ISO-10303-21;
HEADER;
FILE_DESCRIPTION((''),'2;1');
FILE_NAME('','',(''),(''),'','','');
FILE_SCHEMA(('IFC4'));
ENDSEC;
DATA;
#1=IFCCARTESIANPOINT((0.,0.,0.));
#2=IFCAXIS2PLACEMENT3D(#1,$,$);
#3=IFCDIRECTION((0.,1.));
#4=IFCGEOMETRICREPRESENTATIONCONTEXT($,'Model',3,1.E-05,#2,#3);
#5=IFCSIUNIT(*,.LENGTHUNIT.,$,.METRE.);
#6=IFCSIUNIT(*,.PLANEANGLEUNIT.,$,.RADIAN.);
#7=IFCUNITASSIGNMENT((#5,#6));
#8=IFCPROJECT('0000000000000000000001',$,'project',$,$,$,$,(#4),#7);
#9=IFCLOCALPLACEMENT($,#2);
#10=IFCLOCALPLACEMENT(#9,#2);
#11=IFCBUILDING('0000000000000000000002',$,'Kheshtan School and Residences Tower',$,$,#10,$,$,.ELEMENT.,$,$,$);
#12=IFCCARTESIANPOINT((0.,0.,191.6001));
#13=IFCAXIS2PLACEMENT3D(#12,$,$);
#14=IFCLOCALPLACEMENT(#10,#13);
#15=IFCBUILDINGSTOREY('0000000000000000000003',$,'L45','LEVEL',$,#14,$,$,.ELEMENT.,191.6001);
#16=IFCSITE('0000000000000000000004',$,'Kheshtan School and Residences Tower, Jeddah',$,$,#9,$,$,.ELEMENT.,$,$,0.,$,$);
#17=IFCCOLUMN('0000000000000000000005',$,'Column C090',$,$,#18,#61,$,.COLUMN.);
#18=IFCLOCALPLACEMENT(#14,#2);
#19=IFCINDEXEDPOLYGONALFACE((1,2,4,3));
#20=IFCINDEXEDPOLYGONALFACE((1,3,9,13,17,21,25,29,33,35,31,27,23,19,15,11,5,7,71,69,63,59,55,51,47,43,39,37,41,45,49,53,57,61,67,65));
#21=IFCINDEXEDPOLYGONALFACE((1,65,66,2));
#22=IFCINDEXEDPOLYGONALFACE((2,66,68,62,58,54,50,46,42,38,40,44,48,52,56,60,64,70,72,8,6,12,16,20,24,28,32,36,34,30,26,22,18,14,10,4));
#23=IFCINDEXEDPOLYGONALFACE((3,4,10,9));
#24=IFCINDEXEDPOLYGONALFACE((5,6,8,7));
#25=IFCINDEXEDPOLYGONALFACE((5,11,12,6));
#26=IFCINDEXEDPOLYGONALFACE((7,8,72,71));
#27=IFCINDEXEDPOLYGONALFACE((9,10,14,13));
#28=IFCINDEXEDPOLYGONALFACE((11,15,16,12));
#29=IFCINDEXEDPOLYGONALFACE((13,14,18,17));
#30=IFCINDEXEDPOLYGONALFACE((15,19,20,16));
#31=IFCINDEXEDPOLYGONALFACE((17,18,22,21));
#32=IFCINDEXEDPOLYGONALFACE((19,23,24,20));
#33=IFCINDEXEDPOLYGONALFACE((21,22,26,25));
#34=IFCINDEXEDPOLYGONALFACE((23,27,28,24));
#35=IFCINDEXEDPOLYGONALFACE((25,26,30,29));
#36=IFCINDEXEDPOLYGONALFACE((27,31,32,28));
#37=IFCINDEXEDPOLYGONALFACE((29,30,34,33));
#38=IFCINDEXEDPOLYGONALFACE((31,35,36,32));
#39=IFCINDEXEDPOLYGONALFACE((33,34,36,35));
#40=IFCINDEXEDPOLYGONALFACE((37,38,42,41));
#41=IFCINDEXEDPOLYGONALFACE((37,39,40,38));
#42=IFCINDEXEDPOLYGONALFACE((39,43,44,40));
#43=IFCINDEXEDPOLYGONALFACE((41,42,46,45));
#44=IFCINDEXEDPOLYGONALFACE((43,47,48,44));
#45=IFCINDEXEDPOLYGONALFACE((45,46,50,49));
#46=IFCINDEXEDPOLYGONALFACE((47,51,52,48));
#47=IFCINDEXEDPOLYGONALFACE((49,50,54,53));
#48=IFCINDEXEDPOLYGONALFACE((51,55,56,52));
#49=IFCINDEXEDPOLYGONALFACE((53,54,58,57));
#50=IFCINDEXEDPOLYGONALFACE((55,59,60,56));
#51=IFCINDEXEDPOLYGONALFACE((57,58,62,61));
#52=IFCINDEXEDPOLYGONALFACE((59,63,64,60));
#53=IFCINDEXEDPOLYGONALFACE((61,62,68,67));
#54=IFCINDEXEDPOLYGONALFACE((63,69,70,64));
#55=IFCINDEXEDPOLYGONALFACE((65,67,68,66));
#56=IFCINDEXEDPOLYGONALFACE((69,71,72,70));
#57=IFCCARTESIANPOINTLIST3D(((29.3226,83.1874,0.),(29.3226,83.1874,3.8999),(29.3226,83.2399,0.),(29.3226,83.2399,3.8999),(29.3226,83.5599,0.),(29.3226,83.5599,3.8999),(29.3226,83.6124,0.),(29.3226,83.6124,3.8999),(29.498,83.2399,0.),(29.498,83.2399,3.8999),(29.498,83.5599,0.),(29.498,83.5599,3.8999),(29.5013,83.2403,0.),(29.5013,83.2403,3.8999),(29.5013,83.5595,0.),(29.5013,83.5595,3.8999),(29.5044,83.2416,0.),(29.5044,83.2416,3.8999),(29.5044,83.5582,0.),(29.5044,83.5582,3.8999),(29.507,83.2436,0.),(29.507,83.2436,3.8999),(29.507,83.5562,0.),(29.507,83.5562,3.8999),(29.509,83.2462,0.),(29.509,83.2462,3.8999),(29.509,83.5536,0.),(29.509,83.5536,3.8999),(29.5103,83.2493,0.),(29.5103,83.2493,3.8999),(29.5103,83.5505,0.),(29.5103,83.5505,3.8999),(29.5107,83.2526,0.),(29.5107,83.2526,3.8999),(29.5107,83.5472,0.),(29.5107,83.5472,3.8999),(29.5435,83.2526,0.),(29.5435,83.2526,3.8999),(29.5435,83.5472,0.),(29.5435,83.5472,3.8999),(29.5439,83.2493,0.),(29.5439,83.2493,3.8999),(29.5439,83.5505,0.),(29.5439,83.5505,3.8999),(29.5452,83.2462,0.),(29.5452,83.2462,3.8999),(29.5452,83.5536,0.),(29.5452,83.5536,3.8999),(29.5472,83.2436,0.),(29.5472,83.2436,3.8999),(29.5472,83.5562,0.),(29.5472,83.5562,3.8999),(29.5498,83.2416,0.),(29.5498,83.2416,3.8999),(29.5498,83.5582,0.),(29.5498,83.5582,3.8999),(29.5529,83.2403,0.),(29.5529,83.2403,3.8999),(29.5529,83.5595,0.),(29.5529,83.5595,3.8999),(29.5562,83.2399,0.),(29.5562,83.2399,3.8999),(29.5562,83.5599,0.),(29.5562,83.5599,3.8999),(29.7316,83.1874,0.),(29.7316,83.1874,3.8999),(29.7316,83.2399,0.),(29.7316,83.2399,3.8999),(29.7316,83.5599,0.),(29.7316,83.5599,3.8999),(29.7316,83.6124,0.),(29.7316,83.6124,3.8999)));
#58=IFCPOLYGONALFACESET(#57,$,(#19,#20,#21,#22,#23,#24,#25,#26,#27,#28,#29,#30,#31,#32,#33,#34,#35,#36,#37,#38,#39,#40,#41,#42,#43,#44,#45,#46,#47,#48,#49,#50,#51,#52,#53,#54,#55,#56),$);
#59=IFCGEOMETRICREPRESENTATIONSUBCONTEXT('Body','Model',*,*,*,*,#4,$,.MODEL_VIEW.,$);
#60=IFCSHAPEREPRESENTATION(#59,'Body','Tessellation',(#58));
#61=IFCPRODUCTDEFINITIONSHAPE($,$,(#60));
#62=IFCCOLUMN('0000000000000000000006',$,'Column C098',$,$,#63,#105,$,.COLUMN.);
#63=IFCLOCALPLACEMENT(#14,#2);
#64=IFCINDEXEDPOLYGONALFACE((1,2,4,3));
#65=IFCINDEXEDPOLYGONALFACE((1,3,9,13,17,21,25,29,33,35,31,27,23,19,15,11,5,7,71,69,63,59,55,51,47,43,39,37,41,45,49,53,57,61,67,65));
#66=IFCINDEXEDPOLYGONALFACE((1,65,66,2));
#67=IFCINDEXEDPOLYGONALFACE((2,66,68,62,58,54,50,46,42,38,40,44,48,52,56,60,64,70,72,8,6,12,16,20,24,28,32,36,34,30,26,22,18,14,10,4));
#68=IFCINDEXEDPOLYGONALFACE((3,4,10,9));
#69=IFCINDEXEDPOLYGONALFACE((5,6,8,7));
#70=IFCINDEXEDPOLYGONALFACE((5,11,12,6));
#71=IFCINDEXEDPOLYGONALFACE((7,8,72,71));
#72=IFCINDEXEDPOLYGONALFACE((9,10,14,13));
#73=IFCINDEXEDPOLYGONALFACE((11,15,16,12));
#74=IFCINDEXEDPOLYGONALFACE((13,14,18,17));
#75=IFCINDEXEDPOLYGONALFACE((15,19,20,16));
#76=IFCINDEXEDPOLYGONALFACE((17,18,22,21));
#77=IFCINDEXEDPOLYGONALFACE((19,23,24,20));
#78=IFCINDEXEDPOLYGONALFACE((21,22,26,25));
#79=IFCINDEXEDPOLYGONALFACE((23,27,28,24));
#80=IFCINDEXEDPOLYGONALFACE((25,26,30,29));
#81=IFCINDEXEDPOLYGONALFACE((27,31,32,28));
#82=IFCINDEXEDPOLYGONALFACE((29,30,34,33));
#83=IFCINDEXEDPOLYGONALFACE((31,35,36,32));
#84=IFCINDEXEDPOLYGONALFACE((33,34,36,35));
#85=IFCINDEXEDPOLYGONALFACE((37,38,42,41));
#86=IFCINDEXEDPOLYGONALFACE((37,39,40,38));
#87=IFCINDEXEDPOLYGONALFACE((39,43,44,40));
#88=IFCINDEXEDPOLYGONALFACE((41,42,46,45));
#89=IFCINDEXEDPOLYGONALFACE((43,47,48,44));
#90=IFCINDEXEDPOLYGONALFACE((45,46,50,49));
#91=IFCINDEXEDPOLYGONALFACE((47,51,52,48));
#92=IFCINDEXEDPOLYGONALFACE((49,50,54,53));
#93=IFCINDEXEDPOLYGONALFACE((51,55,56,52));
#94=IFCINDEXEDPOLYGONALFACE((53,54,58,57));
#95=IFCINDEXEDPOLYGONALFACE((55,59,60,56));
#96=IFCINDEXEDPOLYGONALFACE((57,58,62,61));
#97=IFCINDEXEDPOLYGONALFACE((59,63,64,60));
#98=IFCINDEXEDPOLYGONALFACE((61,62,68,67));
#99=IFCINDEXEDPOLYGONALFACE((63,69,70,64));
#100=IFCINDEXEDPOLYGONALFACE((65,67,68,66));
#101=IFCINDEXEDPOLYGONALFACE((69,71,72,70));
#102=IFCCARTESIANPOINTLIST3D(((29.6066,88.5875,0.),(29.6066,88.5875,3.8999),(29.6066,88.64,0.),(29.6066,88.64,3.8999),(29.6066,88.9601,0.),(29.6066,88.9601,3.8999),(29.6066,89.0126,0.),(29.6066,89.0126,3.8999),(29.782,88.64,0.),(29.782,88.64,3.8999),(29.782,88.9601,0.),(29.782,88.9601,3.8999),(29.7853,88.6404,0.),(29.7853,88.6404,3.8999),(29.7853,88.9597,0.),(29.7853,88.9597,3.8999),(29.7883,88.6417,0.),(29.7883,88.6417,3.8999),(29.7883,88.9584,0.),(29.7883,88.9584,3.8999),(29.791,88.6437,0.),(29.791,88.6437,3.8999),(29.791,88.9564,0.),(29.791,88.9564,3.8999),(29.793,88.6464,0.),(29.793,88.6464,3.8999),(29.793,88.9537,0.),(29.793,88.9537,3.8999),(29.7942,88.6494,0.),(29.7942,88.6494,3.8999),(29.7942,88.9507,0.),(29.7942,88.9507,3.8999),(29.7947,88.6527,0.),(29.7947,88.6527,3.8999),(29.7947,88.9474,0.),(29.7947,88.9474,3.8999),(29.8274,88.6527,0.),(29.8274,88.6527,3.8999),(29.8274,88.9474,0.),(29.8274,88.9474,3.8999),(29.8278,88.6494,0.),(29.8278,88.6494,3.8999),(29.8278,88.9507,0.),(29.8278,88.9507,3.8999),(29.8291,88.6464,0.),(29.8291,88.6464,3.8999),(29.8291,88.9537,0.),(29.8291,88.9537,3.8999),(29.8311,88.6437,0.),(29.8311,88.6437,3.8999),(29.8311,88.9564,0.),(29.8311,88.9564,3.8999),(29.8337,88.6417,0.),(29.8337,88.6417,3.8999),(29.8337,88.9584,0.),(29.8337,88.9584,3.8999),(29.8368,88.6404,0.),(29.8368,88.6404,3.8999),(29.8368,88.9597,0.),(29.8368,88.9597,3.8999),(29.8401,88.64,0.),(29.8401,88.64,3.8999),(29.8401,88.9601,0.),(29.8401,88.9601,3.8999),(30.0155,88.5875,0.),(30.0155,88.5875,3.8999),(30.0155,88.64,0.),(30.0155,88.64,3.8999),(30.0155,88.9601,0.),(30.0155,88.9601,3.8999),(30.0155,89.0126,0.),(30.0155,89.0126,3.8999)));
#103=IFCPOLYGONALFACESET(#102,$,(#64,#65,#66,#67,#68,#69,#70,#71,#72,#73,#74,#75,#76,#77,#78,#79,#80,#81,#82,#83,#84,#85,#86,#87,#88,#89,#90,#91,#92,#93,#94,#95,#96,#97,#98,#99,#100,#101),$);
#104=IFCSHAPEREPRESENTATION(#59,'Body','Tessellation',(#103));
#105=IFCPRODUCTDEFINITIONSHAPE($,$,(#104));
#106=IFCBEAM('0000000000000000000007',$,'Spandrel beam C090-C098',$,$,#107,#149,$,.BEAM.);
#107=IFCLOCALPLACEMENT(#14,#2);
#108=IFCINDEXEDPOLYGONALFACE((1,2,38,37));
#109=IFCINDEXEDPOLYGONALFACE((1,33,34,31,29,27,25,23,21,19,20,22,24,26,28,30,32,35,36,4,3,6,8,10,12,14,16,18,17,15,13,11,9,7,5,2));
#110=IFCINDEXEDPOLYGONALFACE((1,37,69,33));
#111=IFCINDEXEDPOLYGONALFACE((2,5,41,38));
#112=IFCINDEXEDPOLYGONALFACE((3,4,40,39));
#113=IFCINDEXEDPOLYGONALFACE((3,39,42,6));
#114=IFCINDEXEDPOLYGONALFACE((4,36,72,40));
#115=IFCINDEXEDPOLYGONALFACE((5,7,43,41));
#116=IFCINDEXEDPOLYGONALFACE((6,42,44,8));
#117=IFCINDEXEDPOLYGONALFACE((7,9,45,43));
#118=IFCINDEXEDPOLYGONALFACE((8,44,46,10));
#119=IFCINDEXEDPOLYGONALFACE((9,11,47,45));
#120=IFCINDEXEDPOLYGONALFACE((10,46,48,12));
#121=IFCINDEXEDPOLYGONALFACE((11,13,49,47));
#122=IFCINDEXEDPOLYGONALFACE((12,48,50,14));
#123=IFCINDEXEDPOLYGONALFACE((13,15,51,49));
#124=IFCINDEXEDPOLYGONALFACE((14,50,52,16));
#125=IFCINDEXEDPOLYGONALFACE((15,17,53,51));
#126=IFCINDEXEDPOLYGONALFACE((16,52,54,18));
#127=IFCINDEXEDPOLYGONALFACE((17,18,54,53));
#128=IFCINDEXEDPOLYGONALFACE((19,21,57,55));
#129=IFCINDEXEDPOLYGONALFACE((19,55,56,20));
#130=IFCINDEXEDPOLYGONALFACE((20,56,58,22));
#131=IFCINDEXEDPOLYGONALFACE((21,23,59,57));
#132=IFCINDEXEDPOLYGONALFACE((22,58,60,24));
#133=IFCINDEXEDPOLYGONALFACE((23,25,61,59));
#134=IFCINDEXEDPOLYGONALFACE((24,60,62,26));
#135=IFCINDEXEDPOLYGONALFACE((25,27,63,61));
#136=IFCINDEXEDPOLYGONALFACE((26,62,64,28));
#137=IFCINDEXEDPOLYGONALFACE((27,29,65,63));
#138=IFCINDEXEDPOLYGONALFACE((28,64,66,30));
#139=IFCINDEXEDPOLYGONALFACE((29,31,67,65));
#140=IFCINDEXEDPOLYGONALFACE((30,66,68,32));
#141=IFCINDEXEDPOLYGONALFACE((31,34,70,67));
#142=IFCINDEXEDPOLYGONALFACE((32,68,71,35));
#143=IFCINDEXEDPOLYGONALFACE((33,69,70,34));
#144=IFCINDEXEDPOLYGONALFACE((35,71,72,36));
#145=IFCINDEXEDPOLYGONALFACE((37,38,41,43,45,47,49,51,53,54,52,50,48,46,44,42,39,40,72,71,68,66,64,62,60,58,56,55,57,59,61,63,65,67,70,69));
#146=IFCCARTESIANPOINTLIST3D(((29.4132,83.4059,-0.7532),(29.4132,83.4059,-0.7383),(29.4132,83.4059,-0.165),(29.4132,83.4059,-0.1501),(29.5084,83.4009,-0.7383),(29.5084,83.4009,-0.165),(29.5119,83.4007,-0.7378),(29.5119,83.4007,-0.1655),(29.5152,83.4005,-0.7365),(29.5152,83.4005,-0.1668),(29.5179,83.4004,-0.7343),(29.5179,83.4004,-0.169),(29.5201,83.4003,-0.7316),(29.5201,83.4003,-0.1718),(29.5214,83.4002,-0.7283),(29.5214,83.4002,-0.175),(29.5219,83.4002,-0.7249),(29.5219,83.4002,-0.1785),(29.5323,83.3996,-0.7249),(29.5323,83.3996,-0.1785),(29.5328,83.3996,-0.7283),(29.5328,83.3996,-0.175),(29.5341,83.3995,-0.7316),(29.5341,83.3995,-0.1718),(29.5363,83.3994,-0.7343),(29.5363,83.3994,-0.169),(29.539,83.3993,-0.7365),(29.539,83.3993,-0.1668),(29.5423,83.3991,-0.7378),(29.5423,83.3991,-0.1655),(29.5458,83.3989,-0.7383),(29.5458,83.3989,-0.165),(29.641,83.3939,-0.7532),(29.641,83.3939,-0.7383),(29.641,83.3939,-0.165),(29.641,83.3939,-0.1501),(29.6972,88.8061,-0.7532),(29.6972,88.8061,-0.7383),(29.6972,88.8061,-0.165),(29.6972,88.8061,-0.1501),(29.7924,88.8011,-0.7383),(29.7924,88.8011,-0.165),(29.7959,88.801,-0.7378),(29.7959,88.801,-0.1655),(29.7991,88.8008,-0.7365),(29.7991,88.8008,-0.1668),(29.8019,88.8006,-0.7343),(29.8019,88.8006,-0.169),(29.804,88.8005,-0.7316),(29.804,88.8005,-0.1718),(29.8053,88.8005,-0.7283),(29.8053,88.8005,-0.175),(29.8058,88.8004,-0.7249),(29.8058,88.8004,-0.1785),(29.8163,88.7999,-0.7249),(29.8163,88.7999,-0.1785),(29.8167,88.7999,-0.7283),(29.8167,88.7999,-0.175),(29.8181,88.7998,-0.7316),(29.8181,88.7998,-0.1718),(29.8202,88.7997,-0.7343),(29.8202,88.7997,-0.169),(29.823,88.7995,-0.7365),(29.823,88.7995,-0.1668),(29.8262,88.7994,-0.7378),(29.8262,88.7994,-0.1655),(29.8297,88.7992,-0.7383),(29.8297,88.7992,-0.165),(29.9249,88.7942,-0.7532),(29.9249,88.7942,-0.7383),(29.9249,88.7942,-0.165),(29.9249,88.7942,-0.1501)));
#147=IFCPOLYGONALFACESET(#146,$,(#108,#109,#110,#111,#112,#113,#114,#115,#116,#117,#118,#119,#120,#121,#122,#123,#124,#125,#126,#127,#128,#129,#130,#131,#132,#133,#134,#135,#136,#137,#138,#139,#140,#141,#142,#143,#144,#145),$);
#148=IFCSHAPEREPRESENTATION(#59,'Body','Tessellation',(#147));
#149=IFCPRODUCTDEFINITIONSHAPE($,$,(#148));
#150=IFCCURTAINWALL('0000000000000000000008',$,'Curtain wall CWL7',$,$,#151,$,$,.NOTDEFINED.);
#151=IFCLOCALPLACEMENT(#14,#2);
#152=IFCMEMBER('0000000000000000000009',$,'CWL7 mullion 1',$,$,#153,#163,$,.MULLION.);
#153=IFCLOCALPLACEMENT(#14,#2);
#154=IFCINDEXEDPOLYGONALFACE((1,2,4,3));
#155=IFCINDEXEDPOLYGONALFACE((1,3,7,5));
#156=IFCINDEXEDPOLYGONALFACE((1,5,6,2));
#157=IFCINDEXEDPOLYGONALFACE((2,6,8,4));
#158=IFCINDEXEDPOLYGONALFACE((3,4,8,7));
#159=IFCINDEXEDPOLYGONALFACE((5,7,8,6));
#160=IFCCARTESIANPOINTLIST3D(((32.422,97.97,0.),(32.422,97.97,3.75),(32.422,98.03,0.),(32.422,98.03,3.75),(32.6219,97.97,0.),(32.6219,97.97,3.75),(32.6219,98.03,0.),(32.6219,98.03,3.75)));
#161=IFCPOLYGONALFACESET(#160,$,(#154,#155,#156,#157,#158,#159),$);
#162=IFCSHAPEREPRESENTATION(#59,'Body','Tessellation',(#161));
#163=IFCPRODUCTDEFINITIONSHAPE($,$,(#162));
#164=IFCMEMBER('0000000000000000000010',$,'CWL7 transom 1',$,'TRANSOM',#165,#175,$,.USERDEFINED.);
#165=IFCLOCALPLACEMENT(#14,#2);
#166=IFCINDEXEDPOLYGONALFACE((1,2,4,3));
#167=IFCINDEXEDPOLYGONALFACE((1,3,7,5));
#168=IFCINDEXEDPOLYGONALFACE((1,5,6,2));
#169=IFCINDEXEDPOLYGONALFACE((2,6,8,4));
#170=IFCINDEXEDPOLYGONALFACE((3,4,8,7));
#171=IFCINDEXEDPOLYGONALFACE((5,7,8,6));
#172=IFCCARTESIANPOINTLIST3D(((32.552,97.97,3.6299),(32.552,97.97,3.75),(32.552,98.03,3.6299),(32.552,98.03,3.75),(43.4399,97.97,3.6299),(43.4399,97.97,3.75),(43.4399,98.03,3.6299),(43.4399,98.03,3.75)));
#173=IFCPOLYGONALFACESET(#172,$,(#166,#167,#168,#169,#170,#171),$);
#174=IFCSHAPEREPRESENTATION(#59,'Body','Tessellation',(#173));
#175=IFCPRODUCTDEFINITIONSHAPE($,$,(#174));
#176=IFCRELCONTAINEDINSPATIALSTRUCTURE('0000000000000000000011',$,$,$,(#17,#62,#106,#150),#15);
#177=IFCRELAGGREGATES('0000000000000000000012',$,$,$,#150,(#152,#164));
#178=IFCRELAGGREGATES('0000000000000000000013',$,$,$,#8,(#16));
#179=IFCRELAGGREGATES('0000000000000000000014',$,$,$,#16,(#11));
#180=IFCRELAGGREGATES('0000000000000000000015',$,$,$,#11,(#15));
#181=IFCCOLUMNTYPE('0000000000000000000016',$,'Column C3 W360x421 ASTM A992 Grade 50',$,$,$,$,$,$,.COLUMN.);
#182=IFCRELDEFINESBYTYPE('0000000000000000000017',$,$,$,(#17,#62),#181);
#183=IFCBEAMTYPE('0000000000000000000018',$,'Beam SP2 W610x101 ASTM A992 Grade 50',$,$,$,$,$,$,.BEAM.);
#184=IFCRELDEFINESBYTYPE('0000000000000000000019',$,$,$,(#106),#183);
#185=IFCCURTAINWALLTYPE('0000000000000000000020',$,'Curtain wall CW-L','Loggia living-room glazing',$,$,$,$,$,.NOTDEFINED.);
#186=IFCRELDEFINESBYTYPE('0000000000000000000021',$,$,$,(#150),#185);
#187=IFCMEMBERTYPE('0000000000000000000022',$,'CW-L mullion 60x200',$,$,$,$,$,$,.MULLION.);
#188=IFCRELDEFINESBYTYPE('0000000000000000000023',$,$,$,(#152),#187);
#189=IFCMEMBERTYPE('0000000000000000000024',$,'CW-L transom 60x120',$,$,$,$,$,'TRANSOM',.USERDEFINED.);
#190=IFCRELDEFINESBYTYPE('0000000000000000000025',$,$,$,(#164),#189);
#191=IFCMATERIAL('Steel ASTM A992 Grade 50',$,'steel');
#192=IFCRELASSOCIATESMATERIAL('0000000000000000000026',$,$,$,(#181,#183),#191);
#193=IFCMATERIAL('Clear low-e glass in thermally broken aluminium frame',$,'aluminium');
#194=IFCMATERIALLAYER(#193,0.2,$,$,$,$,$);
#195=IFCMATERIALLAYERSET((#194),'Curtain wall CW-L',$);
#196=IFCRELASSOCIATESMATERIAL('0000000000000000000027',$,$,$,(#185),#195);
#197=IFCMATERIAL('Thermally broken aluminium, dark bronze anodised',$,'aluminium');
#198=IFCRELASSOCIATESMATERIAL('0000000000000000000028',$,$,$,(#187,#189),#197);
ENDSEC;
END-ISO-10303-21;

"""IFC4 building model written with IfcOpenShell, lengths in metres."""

from ifc_helpers import new_model, si_unit, direction, frame, origin, origin_2d, place, context, subcontext, project, spatial, rectangle, i_section, extrude, material, layer, layer_set, material_profile, profile_set, type_object, element, aggregate, save


model = new_model("IFC4")

# Units and contexts
model_context = context("Model", 3, precision=1e-05, world=origin(), true_north=direction((0.0, 1.0)))
body_context = subcontext(model_context, "Body", "Model", "MODEL_VIEW")
ifc_project = project(units=[si_unit("LENGTHUNIT", "METRE"), si_unit("PLANEANGLEUNIT", "RADIAN")], contexts=[model_context])

# Site, building, storey
site_placement = place(None, origin())
site = spatial("IfcSite", under=ifc_project, at=site_placement, Name="Kheshtan School and Residences Tower, Jeddah", CompositionType="ELEMENT", RefElevation=0.0)
building_placement = place(site_placement, origin())
building = spatial("IfcBuilding", under=site, at=building_placement, Name="Kheshtan School and Residences Tower", CompositionType="ELEMENT")
storey_placement = place(building_placement, frame((0.0, 0.0, 191.6001)))
storey = spatial("IfcBuildingStorey", under=building, at=storey_placement, Name="L45", Description="LEVEL", CompositionType="ELEMENT", Elevation=191.6001)

# Columns
ifc_material_1 = material(Name="Steel ASTM A992 Grade 50", Category="steel")
ifc_material_profile_1 = material_profile(ifc_material_1, i_section(OverallWidth=0.4089, OverallDepth=0.425, WebThickness=0.0327, FlangeThickness=0.0525, FilletRadius=0.0127, at=origin_2d()), Name="W360x421")
ifc_profile_set_1 = profile_set([ifc_material_profile_1], Name="Steel ASTM A992 Grade 50")
column_type = type_object("IfcColumnType", Name="Column C3 W360x421 ASTM A992 Grade 50", PredefinedType="COLUMN", material=ifc_profile_set_1)
for number, where, z_axis, x_axis, name in (
    (1, (29.5271, 83.3999, 0.0), (0.0, 0.0, 1.0), (1.0, 0.0, 0.0), "Column C090"),
    (2, (29.811, 88.8, 0.0), (0.0, 0.0, 1.0), (1.0, 0.0, 0.0), "Column C098"),
):
    element("IfcColumn", number, at=place(storey_placement, frame(where, z_axis=z_axis, x_axis=x_axis)), inside=storey, type_object=column_type, Name=name, PredefinedType="COLUMN", context=body_context, shape_type="SweptSolid", body=[
        extrude(i_section(OverallWidth=0.4089, OverallDepth=0.425, WebThickness=0.0327, FlangeThickness=0.0525, FilletRadius=0.0127, at=origin_2d()), origin(), (0.0, 0.0, 1.0), 3.8999),
    ])

# Beam
ifc_material_profile_2 = material_profile(ifc_material_1, i_section(OverallWidth=0.228, OverallDepth=0.603, WebThickness=0.0105, FlangeThickness=0.0149, FilletRadius=0.0134, at=origin_2d()), Name="W610x101")
ifc_profile_set_2 = profile_set([ifc_material_profile_2], Name="Steel ASTM A992 Grade 50")
beam_type_1 = type_object("IfcBeamType", Name="Beam SP2 W610x101 ASTM A992 Grade 50", PredefinedType="BEAM", material=ifc_profile_set_2)
beam_1_placement = place(storey_placement, frame((29.5271, 83.3999, -0.4517), z_axis=(0.052507, 0.998621, 0.0), x_axis=(-0.998621, 0.052507, 0.0)))
element("IfcBeam", 3, at=beam_1_placement, inside=storey, type_object=beam_type_1, Name="Spandrel beam C090-C098", PredefinedType="BEAM", context=body_context, shape_type="SweptSolid", body=[
    extrude(i_section(OverallWidth=0.228, OverallDepth=0.603, WebThickness=0.0105, FlangeThickness=0.0149, FilletRadius=0.0134, at=origin_2d()), origin(), (0.0, 0.0, 1.0), 5.4077),
])

# Curtain wall, members
ifc_material_2 = material(Name="Clear low-e glass in thermally broken aluminium frame", Category="aluminium")
ifc_layer_1 = layer(ifc_material_2, 0.2)
ifc_layer_set_1 = layer_set([ifc_layer_1], Name="Curtain wall CW-L")
curtain_wall_type = type_object("IfcCurtainWallType", Name="Curtain wall CW-L", Description="Loggia living-room glazing", PredefinedType="NOTDEFINED", material=ifc_layer_set_1)
curtain_wall_placement = place(storey_placement, origin())
curtain_wall = element("IfcCurtainWall", 4, at=curtain_wall_placement, inside=storey, type_object=curtain_wall_type, Name="Curtain wall CWL7", PredefinedType="NOTDEFINED")
ifc_material_3 = material(Name="Thermally broken aluminium, dark bronze anodised", Category="aluminium")
ifc_material_profile_3 = material_profile(ifc_material_3, rectangle(XDim=0.0601, YDim=0.2, at=origin_2d()), Name="CW-L mullion 60x200")
ifc_profile_set_3 = profile_set([ifc_material_profile_3], Name="Thermally broken aluminium, dark bronze anodised")
member_type_1 = type_object("IfcMemberType", Name="CW-L mullion 60x200", PredefinedType="MULLION", material=ifc_profile_set_3)
member_1_placement = place(storey_placement, frame((32.522, 98.0, 0.0), z_axis=(0.0, 0.0, 1.0), x_axis=(0.0, 1.0, 0.0)))
member_1 = element("IfcMember", 5, at=member_1_placement, type_object=member_type_1, Name="CWL7 mullion 1", PredefinedType="MULLION", context=body_context, shape_type="SweptSolid", body=[
    extrude(rectangle(XDim=0.0601, YDim=0.2, at=origin_2d()), origin(), (0.0, 0.0, 1.0), 3.75),
])
ifc_material_profile_4 = material_profile(ifc_material_3, rectangle(XDim=0.0601, YDim=0.1201, at=origin_2d()), Name="CW-L transom 60x120")
ifc_profile_set_4 = profile_set([ifc_material_profile_4], Name="Thermally broken aluminium, dark bronze anodised")
member_type_2 = type_object("IfcMemberType", Name="CW-L transom 60x120", ElementType="TRANSOM", PredefinedType="USERDEFINED", material=ifc_profile_set_4)
member_2_placement = place(storey_placement, frame((32.552, 98.0, 3.6899), z_axis=(1.0, 0.0, 0.0), x_axis=(0.0, 1.0, 0.0)))
member_2 = element("IfcMember", 6, at=member_2_placement, type_object=member_type_2, Name="CWL7 transom 1", ObjectType="TRANSOM", PredefinedType="USERDEFINED", context=body_context, shape_type="SweptSolid", body=[
    extrude(rectangle(XDim=0.0601, YDim=0.1201, at=origin_2d()), origin(), (0.0, 0.0, 1.0), 10.8879),
])

aggregate(curtain_wall, [member_1, member_2])

save(model, "model.ifc")
